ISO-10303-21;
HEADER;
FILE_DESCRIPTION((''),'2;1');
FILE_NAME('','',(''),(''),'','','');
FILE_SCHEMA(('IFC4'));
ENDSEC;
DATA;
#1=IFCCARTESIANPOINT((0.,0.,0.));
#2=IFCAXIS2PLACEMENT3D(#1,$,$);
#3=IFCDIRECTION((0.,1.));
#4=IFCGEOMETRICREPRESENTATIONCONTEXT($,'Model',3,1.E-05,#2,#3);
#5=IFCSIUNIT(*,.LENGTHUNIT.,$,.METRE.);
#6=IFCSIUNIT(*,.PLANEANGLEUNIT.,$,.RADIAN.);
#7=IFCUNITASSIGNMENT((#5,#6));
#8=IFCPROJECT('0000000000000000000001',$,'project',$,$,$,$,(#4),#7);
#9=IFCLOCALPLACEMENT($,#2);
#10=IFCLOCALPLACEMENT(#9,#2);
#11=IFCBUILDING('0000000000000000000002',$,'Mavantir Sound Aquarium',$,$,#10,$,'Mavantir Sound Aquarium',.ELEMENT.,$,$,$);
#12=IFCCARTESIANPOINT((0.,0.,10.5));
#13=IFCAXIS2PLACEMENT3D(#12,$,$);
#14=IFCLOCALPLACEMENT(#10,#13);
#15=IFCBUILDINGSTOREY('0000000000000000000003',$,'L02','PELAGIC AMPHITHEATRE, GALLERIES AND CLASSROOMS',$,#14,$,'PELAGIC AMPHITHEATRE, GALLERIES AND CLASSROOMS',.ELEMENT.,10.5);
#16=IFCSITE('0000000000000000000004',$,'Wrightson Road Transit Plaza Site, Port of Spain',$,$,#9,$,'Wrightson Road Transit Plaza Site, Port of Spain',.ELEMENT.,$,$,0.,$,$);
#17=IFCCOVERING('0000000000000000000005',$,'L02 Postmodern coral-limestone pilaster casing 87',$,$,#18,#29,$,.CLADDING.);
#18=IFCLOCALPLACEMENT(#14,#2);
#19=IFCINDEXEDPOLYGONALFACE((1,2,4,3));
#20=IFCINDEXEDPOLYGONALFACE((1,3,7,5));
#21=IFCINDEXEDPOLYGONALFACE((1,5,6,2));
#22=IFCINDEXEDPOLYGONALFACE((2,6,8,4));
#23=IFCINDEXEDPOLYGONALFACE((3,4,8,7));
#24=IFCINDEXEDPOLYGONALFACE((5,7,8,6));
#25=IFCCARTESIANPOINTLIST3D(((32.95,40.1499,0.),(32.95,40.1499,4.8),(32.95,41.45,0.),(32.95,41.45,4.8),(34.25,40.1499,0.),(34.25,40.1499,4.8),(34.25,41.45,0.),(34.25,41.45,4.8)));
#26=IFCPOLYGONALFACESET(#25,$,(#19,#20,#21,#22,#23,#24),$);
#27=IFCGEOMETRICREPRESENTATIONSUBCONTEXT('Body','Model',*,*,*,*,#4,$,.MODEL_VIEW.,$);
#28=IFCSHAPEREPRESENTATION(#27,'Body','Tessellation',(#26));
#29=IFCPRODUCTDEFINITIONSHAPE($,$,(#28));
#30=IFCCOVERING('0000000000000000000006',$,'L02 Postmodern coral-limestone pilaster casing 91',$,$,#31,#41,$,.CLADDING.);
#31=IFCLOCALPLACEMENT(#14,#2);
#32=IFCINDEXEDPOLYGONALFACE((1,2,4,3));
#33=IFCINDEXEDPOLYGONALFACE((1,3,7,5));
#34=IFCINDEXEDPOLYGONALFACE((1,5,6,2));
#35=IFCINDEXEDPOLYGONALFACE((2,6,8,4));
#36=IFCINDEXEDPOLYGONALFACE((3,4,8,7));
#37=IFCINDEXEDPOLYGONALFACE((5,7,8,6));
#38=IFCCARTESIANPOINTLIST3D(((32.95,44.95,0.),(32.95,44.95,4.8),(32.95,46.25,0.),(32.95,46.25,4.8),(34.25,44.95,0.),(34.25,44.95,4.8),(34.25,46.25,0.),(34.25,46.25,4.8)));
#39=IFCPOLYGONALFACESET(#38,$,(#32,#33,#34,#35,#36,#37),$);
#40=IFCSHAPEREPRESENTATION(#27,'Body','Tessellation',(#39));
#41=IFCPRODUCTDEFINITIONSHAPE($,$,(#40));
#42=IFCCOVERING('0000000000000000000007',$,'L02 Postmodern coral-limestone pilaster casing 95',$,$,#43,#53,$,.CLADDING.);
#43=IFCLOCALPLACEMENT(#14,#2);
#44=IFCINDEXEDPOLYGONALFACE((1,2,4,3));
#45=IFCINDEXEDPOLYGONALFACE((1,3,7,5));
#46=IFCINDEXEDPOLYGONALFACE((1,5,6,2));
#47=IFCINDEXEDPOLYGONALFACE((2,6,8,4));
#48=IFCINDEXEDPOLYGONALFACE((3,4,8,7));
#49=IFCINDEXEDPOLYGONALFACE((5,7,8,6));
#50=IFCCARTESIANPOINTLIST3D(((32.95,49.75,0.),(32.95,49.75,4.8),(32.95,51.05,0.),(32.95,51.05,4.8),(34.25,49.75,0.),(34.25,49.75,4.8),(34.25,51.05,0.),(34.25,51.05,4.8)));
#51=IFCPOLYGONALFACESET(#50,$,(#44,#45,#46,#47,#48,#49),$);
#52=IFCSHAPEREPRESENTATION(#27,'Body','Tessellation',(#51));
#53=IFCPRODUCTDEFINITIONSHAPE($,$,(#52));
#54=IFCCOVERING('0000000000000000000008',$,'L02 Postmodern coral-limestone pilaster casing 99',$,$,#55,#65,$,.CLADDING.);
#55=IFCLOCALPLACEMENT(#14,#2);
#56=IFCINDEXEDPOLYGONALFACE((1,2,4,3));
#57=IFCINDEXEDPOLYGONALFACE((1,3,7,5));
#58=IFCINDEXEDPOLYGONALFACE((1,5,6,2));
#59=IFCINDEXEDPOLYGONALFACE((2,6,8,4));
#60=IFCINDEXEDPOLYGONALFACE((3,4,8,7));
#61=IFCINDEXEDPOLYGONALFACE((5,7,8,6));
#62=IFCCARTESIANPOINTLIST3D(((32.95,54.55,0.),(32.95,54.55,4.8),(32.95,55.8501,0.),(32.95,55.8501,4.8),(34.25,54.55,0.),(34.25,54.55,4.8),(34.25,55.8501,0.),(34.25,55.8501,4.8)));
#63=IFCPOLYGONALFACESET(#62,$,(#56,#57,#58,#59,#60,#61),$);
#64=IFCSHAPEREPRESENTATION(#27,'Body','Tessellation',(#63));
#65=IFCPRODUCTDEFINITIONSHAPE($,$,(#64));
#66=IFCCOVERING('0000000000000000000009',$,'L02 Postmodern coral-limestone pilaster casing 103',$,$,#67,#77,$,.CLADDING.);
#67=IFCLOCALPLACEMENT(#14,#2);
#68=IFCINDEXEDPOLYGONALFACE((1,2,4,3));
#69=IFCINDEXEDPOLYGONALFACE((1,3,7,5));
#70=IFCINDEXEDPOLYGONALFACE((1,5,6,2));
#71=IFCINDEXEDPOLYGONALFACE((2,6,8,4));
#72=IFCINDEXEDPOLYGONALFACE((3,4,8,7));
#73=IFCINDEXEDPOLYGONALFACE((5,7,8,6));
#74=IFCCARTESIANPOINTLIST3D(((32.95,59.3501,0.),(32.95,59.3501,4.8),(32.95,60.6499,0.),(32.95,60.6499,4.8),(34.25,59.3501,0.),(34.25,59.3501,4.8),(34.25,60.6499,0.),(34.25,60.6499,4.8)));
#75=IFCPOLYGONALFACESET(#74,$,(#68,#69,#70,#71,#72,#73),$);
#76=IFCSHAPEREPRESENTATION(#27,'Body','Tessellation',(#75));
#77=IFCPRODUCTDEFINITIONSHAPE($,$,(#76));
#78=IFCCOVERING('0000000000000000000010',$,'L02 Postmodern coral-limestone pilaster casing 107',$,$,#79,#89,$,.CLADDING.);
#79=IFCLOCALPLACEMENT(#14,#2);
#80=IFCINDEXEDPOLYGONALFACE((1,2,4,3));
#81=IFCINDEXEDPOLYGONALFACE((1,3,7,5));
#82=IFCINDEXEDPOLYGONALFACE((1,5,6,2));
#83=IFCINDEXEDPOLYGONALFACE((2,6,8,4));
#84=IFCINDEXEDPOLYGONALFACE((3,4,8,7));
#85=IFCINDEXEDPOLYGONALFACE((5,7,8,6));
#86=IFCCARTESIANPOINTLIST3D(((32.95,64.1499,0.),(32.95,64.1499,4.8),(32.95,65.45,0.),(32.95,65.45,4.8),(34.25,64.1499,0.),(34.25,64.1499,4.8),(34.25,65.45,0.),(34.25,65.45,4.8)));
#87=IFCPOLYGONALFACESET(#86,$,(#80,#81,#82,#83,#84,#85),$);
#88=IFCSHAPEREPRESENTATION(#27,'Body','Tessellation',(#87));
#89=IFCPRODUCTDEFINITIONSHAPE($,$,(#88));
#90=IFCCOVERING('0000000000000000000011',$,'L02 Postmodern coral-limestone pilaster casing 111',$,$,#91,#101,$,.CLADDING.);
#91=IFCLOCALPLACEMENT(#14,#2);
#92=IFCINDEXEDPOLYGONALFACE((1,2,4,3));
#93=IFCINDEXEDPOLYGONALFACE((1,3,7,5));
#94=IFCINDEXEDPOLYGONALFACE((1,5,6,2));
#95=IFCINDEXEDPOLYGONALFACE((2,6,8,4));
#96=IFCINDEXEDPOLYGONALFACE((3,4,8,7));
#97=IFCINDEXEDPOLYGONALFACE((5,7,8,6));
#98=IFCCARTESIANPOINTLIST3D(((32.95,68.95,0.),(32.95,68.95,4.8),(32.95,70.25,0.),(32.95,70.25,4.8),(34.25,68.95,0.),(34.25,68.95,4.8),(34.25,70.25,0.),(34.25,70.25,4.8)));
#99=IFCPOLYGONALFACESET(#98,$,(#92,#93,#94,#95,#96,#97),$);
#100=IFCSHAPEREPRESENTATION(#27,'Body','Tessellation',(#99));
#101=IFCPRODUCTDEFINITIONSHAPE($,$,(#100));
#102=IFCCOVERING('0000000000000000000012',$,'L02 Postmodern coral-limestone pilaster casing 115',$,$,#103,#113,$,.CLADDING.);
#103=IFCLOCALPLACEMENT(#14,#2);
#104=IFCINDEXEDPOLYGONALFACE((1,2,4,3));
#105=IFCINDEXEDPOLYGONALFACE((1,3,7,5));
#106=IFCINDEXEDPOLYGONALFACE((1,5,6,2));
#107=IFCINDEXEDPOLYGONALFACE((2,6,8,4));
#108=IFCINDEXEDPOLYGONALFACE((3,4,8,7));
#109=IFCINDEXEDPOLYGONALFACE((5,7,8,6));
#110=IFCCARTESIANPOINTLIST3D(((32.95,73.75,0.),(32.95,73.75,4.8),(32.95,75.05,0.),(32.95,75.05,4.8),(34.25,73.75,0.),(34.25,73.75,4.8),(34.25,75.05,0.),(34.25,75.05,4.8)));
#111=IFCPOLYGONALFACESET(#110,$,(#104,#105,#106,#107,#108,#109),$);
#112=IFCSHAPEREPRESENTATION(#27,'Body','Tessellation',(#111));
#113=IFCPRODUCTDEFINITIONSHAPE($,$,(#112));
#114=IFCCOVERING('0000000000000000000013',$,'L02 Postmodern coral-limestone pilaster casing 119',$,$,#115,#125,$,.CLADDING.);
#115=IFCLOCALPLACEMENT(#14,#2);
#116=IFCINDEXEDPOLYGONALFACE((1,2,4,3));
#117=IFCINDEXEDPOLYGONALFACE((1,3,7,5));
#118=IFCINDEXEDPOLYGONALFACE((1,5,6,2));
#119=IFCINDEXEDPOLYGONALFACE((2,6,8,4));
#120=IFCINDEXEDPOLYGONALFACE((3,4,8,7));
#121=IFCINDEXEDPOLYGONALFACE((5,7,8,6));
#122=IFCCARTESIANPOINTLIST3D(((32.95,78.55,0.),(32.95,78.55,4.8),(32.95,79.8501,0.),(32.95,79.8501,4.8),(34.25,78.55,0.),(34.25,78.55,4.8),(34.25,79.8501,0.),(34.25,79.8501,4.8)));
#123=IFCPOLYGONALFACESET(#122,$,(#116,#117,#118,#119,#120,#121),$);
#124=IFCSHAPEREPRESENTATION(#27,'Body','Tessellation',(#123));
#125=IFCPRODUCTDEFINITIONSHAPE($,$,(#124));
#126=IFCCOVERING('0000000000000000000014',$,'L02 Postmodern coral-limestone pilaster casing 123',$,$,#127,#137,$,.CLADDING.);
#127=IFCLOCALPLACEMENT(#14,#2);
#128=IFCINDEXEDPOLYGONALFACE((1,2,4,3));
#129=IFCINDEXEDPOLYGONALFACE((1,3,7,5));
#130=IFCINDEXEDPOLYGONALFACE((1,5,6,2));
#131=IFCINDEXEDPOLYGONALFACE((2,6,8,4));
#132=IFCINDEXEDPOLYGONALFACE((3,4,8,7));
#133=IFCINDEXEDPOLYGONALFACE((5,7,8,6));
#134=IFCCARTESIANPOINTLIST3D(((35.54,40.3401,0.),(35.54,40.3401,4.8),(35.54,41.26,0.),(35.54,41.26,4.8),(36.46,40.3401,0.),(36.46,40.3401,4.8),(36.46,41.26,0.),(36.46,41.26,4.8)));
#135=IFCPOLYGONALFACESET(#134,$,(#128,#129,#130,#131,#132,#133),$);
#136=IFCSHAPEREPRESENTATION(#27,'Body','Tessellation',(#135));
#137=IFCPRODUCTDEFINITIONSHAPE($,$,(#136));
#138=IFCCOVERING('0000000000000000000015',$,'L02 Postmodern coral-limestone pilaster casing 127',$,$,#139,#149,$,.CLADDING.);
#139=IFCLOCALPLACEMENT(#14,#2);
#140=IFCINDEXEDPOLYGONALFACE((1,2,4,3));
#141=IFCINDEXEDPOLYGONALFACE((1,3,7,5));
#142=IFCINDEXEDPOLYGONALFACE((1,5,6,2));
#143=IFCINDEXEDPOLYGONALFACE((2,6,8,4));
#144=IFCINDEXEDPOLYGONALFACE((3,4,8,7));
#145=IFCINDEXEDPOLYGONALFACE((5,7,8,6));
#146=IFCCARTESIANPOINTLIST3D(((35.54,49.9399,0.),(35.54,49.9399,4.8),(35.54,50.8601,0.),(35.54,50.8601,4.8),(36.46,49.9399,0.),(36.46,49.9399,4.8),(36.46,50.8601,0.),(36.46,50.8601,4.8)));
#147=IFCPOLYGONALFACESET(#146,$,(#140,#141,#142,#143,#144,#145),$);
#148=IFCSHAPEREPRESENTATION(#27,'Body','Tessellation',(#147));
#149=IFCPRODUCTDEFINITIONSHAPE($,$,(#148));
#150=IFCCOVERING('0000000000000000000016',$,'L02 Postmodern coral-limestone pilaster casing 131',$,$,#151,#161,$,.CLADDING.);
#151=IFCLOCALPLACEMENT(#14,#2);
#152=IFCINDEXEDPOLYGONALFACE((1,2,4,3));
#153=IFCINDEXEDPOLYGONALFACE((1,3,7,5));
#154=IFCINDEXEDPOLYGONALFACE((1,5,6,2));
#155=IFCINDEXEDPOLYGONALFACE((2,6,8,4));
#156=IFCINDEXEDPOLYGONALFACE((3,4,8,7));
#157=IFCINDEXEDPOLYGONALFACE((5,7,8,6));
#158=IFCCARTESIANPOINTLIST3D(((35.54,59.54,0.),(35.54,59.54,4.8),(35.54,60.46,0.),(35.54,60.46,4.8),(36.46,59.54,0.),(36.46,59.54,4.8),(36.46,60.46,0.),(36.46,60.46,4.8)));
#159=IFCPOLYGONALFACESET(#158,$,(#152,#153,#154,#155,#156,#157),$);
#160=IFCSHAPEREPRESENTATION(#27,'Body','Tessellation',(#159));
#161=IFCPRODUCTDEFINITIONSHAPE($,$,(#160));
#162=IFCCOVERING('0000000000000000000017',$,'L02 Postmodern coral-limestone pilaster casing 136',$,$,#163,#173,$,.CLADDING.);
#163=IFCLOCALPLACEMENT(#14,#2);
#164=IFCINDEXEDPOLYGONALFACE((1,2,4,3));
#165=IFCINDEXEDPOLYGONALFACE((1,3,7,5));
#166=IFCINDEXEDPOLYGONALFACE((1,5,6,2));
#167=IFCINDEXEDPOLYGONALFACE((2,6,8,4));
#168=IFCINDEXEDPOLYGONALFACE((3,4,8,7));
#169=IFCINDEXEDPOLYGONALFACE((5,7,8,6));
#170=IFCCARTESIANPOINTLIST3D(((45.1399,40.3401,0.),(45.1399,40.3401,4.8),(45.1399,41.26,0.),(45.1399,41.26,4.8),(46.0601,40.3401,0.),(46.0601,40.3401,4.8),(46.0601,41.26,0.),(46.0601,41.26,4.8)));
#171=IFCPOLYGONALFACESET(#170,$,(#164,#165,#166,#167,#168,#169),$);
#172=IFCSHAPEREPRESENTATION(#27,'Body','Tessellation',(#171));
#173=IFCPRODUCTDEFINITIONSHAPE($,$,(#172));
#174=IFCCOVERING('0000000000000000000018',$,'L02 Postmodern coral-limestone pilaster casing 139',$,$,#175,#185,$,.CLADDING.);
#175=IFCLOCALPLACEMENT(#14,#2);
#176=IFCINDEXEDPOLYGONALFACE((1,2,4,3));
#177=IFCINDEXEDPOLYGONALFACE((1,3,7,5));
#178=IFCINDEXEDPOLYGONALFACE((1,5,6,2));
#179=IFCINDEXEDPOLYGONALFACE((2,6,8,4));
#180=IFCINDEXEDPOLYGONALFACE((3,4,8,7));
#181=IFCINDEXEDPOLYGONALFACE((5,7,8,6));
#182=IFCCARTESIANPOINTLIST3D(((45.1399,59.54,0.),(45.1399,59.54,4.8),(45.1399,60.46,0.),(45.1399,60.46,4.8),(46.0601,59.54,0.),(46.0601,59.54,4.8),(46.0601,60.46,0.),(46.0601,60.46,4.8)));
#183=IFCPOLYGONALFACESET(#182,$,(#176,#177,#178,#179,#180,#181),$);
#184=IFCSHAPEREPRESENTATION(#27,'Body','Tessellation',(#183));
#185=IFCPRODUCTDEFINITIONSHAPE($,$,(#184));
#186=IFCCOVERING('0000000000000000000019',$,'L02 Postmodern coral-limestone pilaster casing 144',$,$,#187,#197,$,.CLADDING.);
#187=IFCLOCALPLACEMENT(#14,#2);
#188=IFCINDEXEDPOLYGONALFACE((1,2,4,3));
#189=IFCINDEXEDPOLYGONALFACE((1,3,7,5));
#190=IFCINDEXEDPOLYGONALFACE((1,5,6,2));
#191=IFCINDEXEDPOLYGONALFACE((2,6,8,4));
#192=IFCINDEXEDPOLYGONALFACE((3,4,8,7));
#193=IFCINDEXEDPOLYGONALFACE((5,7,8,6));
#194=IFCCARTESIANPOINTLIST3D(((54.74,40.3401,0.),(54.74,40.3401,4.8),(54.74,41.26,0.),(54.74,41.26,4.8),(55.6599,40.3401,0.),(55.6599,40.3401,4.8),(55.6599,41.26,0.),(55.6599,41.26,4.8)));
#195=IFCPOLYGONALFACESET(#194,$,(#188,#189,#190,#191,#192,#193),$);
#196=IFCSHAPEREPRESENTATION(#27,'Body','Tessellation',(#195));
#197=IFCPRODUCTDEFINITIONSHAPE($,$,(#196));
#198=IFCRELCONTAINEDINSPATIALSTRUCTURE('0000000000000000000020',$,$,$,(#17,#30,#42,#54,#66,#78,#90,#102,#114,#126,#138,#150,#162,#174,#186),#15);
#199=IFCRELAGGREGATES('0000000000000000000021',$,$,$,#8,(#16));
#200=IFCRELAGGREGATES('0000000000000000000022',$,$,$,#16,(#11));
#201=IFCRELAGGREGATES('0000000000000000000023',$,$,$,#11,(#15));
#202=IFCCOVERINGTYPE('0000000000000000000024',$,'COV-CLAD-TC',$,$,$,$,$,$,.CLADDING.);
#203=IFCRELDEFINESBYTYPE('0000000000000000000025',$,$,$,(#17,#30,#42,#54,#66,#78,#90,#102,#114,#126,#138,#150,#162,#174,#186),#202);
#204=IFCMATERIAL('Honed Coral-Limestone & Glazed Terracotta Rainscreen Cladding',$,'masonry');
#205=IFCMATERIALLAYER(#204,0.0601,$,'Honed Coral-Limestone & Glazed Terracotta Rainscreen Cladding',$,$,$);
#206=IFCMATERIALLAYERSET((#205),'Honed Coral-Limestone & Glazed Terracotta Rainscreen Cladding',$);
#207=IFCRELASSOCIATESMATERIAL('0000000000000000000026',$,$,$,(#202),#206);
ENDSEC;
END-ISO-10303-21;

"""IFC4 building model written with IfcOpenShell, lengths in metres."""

from ifc_helpers import new_model, si_unit, direction, frame, origin, place, context, subcontext, project, spatial, polyline, outline, extrude, material, layer, layer_set, type_object, element, save


model = new_model("IFC4")

# Units and contexts
model_context = context("Model", 3, precision=1e-05, world=origin(), true_north=direction((0.0, 1.0)))
body_context = subcontext(model_context, "Body", "Model", "MODEL_VIEW")
ifc_project = project(units=[si_unit("LENGTHUNIT", "METRE"), si_unit("PLANEANGLEUNIT", "RADIAN")], contexts=[model_context])

# Site, building, storey
site_placement = place(None, origin())
site = spatial("IfcSite", under=ifc_project, at=site_placement, Name="Wrightson Road Transit Plaza Site, Port of Spain", LongName="Wrightson Road Transit Plaza Site, Port of Spain", CompositionType="ELEMENT", RefElevation=0.0)
building_placement = place(site_placement, origin())
building = spatial("IfcBuilding", under=site, at=building_placement, Name="Mavantir Sound Aquarium", LongName="Mavantir Sound Aquarium", CompositionType="ELEMENT")
storey_placement = place(building_placement, frame((0.0, 0.0, 10.5)))
storey = spatial("IfcBuildingStorey", under=building, at=storey_placement, Name="L02", Description="PELAGIC AMPHITHEATRE, GALLERIES AND CLASSROOMS", LongName="PELAGIC AMPHITHEATRE, GALLERIES AND CLASSROOMS", CompositionType="ELEMENT", Elevation=10.5)

# Coverings
ifc_material = material(Name="Honed Coral-Limestone & Glazed Terracotta Rainscreen Cladding", Category="masonry")
ifc_layer = layer(ifc_material, 0.0601, Name="Honed Coral-Limestone & Glazed Terracotta Rainscreen Cladding")
ifc_layer_set = layer_set([ifc_layer], Name="Honed Coral-Limestone & Glazed Terracotta Rainscreen Cladding")
covering_type = type_object("IfcCoveringType", Name="COV-CLAD-TC", PredefinedType="CLADDING", material=ifc_layer_set)
covering_1_placement = place(storey_placement, origin())
element("IfcCovering", 1, at=covering_1_placement, inside=storey, type_object=covering_type, Name="L02 Postmodern coral-limestone pilaster casing 87", PredefinedType="CLADDING", context=body_context, shape_type="SweptSolid", body=[
    extrude(outline(polyline([(32.95, 40.1499), (34.25, 40.1499), (34.25, 41.45), (32.95, 41.45), (32.95, 40.1499)])), origin(), (0.0, 0.0, 1.0), 4.8),
])
covering_2_placement = place(storey_placement, origin())
element("IfcCovering", 2, at=covering_2_placement, inside=storey, type_object=covering_type, Name="L02 Postmodern coral-limestone pilaster casing 91", PredefinedType="CLADDING", context=body_context, shape_type="SweptSolid", body=[
    extrude(outline(polyline([(32.95, 44.95), (34.25, 44.95), (34.25, 46.25), (32.95, 46.25), (32.95, 44.95)])), origin(), (0.0, 0.0, 1.0), 4.8),
])
covering_3_placement = place(storey_placement, origin())
element("IfcCovering", 3, at=covering_3_placement, inside=storey, type_object=covering_type, Name="L02 Postmodern coral-limestone pilaster casing 95", PredefinedType="CLADDING", context=body_context, shape_type="SweptSolid", body=[
    extrude(outline(polyline([(32.95, 49.75), (34.25, 49.75), (34.25, 51.05), (32.95, 51.05), (32.95, 49.75)])), origin(), (0.0, 0.0, 1.0), 4.8),
])
covering_4_placement = place(storey_placement, origin())
element("IfcCovering", 4, at=covering_4_placement, inside=storey, type_object=covering_type, Name="L02 Postmodern coral-limestone pilaster casing 99", PredefinedType="CLADDING", context=body_context, shape_type="SweptSolid", body=[
    extrude(outline(polyline([(32.95, 54.55), (34.25, 54.55), (34.25, 55.8501), (32.95, 55.8501), (32.95, 54.55)])), origin(), (0.0, 0.0, 1.0), 4.8),
])
covering_5_placement = place(storey_placement, origin())
element("IfcCovering", 5, at=covering_5_placement, inside=storey, type_object=covering_type, Name="L02 Postmodern coral-limestone pilaster casing 103", PredefinedType="CLADDING", context=body_context, shape_type="SweptSolid", body=[
    extrude(outline(polyline([(32.95, 59.3501), (34.25, 59.3501), (34.25, 60.6499), (32.95, 60.6499), (32.95, 59.3501)])), origin(), (0.0, 0.0, 1.0), 4.8),
])
covering_6_placement = place(storey_placement, origin())
element("IfcCovering", 6, at=covering_6_placement, inside=storey, type_object=covering_type, Name="L02 Postmodern coral-limestone pilaster casing 107", PredefinedType="CLADDING", context=body_context, shape_type="SweptSolid", body=[
    extrude(outline(polyline([(32.95, 64.1499), (34.25, 64.1499), (34.25, 65.45), (32.95, 65.45), (32.95, 64.1499)])), origin(), (0.0, 0.0, 1.0), 4.8),
])
covering_7_placement = place(storey_placement, origin())
element("IfcCovering", 7, at=covering_7_placement, inside=storey, type_object=covering_type, Name="L02 Postmodern coral-limestone pilaster casing 111", PredefinedType="CLADDING", context=body_context, shape_type="SweptSolid", body=[
    extrude(outline(polyline([(32.95, 68.95), (34.25, 68.95), (34.25, 70.25), (32.95, 70.25), (32.95, 68.95)])), origin(), (0.0, 0.0, 1.0), 4.8),
])
covering_8_placement = place(storey_placement, origin())
element("IfcCovering", 8, at=covering_8_placement, inside=storey, type_object=covering_type, Name="L02 Postmodern coral-limestone pilaster casing 115", PredefinedType="CLADDING", context=body_context, shape_type="SweptSolid", body=[
    extrude(outline(polyline([(32.95, 73.75), (34.25, 73.75), (34.25, 75.05), (32.95, 75.05), (32.95, 73.75)])), origin(), (0.0, 0.0, 1.0), 4.8),
])
covering_9_placement = place(storey_placement, origin())
element("IfcCovering", 9, at=covering_9_placement, inside=storey, type_object=covering_type, Name="L02 Postmodern coral-limestone pilaster casing 119", PredefinedType="CLADDING", context=body_context, shape_type="SweptSolid", body=[
    extrude(outline(polyline([(32.95, 78.55), (34.25, 78.55), (34.25, 79.8501), (32.95, 79.8501), (32.95, 78.55)])), origin(), (0.0, 0.0, 1.0), 4.8),
])
covering_10_placement = place(storey_placement, origin())
element("IfcCovering", 10, at=covering_10_placement, inside=storey, type_object=covering_type, Name="L02 Postmodern coral-limestone pilaster casing 123", PredefinedType="CLADDING", context=body_context, shape_type="SweptSolid", body=[
    extrude(outline(polyline([(35.54, 40.3401), (36.46, 40.3401), (36.46, 41.26), (35.54, 41.26), (35.54, 40.3401)])), origin(), (0.0, 0.0, 1.0), 4.8),
])
covering_11_placement = place(storey_placement, origin())
element("IfcCovering", 11, at=covering_11_placement, inside=storey, type_object=covering_type, Name="L02 Postmodern coral-limestone pilaster casing 127", PredefinedType="CLADDING", context=body_context, shape_type="SweptSolid", body=[
    extrude(outline(polyline([(35.54, 49.9399), (36.46, 49.9399), (36.46, 50.8601), (35.54, 50.8601), (35.54, 49.9399)])), origin(), (0.0, 0.0, 1.0), 4.8),
])
covering_12_placement = place(storey_placement, origin())
element("IfcCovering", 12, at=covering_12_placement, inside=storey, type_object=covering_type, Name="L02 Postmodern coral-limestone pilaster casing 131", PredefinedType="CLADDING", context=body_context, shape_type="SweptSolid", body=[
    extrude(outline(polyline([(35.54, 59.54), (36.46, 59.54), (36.46, 60.46), (35.54, 60.46), (35.54, 59.54)])), origin(), (0.0, 0.0, 1.0), 4.8),
])
covering_13_placement = place(storey_placement, origin())
element("IfcCovering", 13, at=covering_13_placement, inside=storey, type_object=covering_type, Name="L02 Postmodern coral-limestone pilaster casing 136", PredefinedType="CLADDING", context=body_context, shape_type="SweptSolid", body=[
    extrude(outline(polyline([(45.1399, 40.3401), (46.0601, 40.3401), (46.0601, 41.26), (45.1399, 41.26), (45.1399, 40.3401)])), origin(), (0.0, 0.0, 1.0), 4.8),
])
covering_14_placement = place(storey_placement, origin())
element("IfcCovering", 14, at=covering_14_placement, inside=storey, type_object=covering_type, Name="L02 Postmodern coral-limestone pilaster casing 139", PredefinedType="CLADDING", context=body_context, shape_type="SweptSolid", body=[
    extrude(outline(polyline([(45.1399, 59.54), (46.0601, 59.54), (46.0601, 60.46), (45.1399, 60.46), (45.1399, 59.54)])), origin(), (0.0, 0.0, 1.0), 4.8),
])
covering_15_placement = place(storey_placement, origin())
element("IfcCovering", 15, at=covering_15_placement, inside=storey, type_object=covering_type, Name="L02 Postmodern coral-limestone pilaster casing 144", PredefinedType="CLADDING", context=body_context, shape_type="SweptSolid", body=[
    extrude(outline(polyline([(54.74, 40.3401), (55.6599, 40.3401), (55.6599, 41.26), (54.74, 41.26), (54.74, 40.3401)])), origin(), (0.0, 0.0, 1.0), 4.8),
])

save(model, "model.ifc")
